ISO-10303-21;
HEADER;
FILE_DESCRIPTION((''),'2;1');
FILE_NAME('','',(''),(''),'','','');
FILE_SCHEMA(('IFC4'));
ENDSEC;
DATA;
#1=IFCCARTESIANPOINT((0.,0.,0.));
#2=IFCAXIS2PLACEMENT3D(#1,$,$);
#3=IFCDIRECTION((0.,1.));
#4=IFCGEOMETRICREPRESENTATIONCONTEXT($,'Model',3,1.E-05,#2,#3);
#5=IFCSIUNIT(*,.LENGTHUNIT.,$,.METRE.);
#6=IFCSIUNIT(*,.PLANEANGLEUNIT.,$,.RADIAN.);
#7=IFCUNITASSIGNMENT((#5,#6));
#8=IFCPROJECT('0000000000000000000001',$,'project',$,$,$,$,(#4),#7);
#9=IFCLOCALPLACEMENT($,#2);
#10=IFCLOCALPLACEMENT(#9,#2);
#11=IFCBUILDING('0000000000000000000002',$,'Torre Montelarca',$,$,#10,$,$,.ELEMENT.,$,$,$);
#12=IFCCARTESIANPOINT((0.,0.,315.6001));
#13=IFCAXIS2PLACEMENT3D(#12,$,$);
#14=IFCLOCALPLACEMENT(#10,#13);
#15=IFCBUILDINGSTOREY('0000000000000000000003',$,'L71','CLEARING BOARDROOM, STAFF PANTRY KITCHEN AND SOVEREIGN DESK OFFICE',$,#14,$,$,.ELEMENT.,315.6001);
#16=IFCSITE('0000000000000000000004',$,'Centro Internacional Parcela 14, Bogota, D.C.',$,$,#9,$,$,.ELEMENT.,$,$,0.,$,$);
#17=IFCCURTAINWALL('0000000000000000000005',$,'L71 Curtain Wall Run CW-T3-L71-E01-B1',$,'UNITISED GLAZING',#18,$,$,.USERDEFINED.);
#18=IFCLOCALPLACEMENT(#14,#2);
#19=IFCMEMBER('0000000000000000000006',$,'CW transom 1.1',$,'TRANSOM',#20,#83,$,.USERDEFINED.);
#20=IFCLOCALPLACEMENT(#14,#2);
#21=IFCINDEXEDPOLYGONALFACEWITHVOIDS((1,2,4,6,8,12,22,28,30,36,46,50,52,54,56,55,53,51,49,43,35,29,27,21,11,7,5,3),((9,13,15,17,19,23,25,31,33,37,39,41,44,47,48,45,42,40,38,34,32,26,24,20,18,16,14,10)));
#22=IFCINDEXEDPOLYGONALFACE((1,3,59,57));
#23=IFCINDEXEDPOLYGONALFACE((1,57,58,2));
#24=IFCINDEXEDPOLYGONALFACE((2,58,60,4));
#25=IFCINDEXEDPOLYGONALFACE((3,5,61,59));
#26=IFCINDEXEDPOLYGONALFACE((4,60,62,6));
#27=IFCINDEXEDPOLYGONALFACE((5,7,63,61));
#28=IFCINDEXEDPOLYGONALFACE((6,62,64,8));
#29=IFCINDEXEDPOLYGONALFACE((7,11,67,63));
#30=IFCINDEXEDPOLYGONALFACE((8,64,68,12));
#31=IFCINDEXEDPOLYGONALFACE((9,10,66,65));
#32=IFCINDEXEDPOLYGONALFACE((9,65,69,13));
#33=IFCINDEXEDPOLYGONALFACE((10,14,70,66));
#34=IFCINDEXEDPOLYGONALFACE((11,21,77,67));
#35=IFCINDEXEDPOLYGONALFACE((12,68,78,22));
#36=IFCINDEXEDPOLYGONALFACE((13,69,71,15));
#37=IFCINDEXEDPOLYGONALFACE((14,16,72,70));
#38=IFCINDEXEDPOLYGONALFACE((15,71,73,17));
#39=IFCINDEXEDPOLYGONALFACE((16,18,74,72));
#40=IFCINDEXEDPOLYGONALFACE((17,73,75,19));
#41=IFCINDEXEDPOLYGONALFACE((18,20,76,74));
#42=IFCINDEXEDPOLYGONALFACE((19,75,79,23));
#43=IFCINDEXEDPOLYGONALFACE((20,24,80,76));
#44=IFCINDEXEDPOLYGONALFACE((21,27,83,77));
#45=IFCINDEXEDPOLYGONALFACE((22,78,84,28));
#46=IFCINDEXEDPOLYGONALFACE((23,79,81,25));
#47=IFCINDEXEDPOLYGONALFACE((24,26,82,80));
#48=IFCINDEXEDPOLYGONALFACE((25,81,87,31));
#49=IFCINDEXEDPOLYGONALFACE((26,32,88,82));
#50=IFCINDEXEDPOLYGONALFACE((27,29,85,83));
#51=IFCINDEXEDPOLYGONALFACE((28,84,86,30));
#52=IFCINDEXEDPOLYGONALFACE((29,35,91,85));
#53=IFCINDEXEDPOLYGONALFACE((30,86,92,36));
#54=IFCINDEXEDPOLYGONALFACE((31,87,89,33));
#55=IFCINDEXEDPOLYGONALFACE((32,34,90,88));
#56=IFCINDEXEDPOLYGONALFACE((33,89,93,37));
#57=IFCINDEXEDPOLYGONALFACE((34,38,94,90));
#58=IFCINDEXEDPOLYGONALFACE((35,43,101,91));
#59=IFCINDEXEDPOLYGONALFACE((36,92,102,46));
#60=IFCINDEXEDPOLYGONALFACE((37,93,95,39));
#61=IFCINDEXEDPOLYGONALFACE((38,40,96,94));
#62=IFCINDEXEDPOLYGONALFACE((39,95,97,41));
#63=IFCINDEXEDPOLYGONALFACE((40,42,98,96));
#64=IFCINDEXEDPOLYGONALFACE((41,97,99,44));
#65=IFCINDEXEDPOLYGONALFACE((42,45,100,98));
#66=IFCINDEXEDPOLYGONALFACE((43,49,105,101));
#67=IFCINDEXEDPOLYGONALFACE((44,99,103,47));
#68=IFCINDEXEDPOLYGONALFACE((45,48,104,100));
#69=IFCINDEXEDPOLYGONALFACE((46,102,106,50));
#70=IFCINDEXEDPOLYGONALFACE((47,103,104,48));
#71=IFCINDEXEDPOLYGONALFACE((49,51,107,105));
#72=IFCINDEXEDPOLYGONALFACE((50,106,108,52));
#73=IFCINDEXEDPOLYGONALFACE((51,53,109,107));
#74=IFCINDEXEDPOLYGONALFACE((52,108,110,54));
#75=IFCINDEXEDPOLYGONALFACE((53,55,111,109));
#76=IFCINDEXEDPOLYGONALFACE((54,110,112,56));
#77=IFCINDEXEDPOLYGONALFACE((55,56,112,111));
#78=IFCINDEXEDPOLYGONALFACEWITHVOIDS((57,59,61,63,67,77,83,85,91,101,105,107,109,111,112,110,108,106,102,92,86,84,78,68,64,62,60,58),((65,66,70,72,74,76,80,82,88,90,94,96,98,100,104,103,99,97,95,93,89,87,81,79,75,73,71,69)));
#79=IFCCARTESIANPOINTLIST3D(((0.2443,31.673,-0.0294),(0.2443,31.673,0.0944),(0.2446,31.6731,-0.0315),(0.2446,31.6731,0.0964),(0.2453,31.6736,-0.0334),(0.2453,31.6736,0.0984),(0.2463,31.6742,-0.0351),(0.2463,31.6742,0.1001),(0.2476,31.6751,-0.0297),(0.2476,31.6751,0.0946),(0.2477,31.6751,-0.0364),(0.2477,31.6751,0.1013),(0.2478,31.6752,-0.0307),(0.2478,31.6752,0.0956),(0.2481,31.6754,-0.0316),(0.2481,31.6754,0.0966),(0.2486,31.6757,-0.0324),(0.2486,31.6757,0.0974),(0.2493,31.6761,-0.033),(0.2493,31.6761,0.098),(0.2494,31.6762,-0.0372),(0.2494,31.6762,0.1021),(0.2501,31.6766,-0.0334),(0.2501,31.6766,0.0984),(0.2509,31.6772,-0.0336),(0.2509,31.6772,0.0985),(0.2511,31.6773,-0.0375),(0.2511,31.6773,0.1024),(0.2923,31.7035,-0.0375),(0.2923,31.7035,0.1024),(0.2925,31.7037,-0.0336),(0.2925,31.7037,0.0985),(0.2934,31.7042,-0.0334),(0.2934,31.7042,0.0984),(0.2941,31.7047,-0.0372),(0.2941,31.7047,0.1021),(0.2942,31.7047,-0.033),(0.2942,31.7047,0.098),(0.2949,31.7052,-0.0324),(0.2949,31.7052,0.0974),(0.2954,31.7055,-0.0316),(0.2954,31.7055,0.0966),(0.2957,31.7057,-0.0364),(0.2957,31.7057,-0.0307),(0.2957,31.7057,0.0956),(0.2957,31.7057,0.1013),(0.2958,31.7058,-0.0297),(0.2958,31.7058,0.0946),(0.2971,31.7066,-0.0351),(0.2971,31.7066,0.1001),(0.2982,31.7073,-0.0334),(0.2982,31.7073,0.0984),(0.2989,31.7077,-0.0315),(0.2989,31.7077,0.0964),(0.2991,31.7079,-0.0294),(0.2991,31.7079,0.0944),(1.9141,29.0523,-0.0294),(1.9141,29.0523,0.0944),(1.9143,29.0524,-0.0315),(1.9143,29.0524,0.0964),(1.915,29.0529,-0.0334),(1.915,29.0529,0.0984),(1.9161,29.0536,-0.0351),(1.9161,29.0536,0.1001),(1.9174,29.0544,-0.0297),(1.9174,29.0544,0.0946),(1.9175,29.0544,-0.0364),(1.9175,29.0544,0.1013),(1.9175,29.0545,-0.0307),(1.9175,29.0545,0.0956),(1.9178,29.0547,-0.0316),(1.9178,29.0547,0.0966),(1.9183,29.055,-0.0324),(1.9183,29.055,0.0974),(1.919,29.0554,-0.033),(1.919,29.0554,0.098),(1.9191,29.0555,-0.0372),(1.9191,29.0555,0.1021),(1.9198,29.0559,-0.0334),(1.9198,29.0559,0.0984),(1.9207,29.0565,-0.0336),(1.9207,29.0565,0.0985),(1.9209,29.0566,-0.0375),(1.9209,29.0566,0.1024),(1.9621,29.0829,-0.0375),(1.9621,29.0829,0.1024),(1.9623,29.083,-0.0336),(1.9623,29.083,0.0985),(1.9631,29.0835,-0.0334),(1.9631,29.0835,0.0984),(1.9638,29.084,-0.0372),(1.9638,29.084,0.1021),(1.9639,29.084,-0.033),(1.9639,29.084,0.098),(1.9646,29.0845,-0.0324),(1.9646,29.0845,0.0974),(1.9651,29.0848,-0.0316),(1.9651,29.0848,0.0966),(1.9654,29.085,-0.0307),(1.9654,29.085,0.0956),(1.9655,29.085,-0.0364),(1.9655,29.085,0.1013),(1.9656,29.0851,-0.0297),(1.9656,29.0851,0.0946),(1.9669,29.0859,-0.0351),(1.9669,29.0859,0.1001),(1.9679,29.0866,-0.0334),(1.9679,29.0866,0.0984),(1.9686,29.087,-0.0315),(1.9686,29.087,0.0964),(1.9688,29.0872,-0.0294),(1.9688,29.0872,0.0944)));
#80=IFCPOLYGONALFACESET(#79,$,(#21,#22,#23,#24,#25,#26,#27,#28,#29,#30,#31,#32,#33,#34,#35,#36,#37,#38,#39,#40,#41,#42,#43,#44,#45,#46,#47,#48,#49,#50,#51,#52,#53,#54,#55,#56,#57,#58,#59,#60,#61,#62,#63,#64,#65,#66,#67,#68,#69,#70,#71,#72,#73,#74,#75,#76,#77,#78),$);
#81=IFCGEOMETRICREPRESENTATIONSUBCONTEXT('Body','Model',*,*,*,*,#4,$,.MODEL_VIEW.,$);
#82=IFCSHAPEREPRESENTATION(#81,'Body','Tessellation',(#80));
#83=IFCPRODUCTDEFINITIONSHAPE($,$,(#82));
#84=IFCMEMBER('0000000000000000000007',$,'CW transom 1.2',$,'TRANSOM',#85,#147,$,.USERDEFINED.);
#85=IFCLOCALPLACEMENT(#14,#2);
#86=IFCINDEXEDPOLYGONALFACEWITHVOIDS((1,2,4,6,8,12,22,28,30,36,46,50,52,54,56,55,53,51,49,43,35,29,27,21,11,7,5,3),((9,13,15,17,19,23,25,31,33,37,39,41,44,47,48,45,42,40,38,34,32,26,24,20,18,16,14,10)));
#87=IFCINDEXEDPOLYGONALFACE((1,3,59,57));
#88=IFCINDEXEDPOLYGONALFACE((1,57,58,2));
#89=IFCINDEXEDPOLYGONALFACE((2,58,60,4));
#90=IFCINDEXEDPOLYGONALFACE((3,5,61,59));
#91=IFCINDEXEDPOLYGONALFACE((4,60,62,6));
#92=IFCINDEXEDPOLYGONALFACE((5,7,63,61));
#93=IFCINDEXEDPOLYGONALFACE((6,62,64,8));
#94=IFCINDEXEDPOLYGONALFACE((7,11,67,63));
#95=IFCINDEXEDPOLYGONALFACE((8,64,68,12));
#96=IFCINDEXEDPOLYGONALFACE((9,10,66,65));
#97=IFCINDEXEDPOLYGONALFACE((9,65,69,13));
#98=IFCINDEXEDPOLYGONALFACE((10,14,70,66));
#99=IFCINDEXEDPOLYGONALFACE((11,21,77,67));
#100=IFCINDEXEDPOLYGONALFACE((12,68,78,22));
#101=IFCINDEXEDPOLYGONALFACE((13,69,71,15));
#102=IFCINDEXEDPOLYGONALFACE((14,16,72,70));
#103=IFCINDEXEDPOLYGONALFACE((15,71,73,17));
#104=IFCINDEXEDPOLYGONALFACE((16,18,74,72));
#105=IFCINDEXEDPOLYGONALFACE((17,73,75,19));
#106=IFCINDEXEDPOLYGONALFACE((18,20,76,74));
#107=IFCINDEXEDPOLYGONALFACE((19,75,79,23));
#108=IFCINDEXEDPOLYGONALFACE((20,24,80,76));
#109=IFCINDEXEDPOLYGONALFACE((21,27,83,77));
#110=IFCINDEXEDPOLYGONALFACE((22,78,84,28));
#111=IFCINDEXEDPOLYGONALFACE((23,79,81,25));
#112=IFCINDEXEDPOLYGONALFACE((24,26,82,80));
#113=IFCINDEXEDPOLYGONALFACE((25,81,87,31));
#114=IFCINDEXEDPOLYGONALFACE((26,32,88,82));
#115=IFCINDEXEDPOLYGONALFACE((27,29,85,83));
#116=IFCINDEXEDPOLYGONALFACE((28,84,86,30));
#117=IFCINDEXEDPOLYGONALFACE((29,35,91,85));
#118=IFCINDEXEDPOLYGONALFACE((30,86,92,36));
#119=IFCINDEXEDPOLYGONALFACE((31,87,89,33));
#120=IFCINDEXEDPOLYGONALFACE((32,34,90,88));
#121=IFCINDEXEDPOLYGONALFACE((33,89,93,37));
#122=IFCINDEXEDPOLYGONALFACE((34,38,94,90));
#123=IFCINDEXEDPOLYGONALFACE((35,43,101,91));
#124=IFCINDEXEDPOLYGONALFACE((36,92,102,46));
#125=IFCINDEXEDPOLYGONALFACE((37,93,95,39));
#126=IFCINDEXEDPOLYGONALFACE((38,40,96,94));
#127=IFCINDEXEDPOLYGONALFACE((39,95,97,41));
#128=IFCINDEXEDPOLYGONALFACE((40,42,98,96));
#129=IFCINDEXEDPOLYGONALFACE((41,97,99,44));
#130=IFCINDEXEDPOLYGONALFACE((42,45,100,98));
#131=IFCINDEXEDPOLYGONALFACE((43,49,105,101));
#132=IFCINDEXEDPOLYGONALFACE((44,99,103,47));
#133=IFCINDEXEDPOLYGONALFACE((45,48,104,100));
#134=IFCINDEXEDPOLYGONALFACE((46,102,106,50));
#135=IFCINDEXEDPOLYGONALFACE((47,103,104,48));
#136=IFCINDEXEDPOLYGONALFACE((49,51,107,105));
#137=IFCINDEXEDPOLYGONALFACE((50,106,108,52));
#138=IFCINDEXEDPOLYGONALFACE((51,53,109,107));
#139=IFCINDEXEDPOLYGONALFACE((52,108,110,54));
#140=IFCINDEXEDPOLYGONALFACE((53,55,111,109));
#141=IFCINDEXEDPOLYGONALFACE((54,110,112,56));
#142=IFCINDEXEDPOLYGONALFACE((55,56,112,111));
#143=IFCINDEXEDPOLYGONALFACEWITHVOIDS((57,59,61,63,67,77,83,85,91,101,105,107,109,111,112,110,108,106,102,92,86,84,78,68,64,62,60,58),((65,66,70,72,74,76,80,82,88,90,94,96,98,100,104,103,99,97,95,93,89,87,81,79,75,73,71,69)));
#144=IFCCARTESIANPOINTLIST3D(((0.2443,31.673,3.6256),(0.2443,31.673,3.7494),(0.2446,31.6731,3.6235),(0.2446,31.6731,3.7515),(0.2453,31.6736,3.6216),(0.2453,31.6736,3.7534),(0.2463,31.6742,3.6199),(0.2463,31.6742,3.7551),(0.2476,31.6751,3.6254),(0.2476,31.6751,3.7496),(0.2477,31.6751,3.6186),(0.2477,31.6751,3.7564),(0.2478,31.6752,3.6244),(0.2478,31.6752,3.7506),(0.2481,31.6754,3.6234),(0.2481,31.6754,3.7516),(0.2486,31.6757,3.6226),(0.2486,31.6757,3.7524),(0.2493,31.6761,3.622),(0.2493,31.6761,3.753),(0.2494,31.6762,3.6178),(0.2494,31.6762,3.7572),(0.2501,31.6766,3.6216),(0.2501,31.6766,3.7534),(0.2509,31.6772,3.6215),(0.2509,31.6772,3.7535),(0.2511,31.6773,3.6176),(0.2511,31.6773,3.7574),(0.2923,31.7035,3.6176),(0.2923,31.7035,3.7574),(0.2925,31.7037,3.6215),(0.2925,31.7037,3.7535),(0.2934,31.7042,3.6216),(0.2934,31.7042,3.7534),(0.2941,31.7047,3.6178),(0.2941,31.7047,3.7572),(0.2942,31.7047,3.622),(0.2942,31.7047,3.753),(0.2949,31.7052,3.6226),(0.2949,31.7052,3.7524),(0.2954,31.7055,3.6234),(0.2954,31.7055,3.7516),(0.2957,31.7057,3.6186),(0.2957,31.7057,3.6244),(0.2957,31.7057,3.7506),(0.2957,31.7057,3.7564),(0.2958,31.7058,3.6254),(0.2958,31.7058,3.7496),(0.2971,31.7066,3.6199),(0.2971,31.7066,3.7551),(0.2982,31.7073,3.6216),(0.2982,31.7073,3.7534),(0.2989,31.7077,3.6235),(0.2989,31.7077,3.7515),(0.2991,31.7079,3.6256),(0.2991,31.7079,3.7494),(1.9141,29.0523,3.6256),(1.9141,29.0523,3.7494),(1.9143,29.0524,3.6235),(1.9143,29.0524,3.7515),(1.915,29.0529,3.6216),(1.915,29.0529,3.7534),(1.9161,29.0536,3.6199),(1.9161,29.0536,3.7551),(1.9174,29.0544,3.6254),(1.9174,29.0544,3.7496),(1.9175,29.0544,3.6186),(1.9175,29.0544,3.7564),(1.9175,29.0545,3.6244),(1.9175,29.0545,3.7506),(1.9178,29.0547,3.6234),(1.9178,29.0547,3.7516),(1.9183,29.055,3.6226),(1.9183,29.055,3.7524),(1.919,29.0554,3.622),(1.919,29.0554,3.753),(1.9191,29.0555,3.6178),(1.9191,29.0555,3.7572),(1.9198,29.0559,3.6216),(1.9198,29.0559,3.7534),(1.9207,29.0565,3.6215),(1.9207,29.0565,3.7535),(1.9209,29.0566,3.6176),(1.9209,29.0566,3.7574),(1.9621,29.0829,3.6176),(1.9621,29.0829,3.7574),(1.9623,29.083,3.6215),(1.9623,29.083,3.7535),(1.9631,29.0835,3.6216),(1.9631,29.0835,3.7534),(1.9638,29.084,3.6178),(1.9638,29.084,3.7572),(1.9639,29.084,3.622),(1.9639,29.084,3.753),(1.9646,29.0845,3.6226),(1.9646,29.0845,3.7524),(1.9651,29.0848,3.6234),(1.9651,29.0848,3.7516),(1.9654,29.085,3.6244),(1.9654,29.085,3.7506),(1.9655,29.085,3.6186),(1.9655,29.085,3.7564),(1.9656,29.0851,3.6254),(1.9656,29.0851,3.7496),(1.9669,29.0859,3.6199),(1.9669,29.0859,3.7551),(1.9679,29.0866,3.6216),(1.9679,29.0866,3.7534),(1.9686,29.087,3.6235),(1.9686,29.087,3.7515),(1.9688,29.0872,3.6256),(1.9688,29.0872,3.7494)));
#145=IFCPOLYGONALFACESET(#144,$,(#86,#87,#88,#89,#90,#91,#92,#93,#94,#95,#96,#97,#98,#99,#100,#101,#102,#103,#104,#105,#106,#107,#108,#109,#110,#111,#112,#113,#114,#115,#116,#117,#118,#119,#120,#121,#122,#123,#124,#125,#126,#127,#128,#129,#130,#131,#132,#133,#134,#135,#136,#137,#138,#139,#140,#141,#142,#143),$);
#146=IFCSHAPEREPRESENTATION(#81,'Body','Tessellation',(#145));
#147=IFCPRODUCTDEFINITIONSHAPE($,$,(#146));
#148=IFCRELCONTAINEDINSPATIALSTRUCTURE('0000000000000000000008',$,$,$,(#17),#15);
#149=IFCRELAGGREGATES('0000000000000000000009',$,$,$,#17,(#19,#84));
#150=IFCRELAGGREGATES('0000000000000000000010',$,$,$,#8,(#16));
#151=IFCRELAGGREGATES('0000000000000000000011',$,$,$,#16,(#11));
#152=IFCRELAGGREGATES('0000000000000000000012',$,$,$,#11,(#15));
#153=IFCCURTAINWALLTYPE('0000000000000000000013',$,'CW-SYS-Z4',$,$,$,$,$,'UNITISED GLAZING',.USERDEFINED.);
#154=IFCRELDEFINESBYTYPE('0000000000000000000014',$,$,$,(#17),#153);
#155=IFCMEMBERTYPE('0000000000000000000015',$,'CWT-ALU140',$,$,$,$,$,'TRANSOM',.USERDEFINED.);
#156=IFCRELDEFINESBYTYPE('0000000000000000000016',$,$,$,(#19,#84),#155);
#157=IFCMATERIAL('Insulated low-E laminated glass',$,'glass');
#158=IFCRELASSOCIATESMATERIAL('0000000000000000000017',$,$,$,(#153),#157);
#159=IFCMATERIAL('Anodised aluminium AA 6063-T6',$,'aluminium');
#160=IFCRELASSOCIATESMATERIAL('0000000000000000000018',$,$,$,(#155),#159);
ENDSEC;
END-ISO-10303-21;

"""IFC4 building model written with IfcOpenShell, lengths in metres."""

from ifc_helpers import new_model, si_unit, direction, frame, origin, origin_2d, place, context, subcontext, project, spatial, hollow_rectangle, extrude, source, transform, mapped, material, material_profile, profile_set, type_object, element, aggregate, save


model = new_model("IFC4")

# Units and contexts
model_context = context("Model", 3, precision=1e-05, world=origin(), true_north=direction((0.0, 1.0)))
body_context = subcontext(model_context, "Body", "Model", "MODEL_VIEW")
ifc_project = project(units=[si_unit("LENGTHUNIT", "METRE"), si_unit("PLANEANGLEUNIT", "RADIAN")], contexts=[model_context])

# Site, building, storey
site_placement = place(None, origin())
site = spatial("IfcSite", under=ifc_project, at=site_placement, Name="Centro Internacional Parcela 14, Bogota, D.C.", CompositionType="ELEMENT", RefElevation=0.0)
building_placement = place(site_placement, origin())
building = spatial("IfcBuilding", under=site, at=building_placement, Name="Torre Montelarca", CompositionType="ELEMENT")
storey_placement = place(building_placement, frame((0.0, 0.0, 315.6001)))
storey = spatial("IfcBuildingStorey", under=building, at=storey_placement, Name="L71", Description="CLEARING BOARDROOM, STAFF PANTRY KITCHEN AND SOVEREIGN DESK OFFICE", CompositionType="ELEMENT", Elevation=315.6001)

# Curtain wall
ifc_material_1 = material(Name="Insulated low-E laminated glass", Category="glass")
curtain_wall_type = type_object("IfcCurtainWallType", Name="CW-SYS-Z4", ElementType="UNITISED GLAZING", PredefinedType="USERDEFINED", material=ifc_material_1)
curtain_wall_1_placement = place(storey_placement, origin())
curtain_wall_1 = element("IfcCurtainWall", 1, at=curtain_wall_1_placement, inside=storey, type_object=curtain_wall_type, Name="L71 Curtain Wall Run CW-T3-L71-E01-B1", ObjectType="UNITISED GLAZING", PredefinedType="USERDEFINED")
ifc_material_2 = material(Name="Anodised aluminium AA 6063-T6", Category="aluminium")

# Members
ifc_material_profile_1 = material_profile(ifc_material_2, hollow_rectangle(XDim=0.0649, YDim=0.1399, WallThickness=0.0039, InnerFilletRadius=0.0039, OuterFilletRadius=0.0081, at=origin_2d()), Name="ALU65X140X4", Category="aluminium")
ifc_profile_set_1 = profile_set([ifc_material_profile_1], Name="Anodised aluminium AA 6063-T6")
member_type_1 = type_object("IfcMemberType", Name="CWT-ALU140", ElementType="TRANSOM", PredefinedType="USERDEFINED", material=ifc_profile_set_1)
shared_shape_1 = source(origin(), body_context, "Body", "SweptSolid", [
    extrude(hollow_rectangle(XDim=0.0649, YDim=0.1399, WallThickness=0.0039, InnerFilletRadius=0.0039, OuterFilletRadius=0.0081, at=origin_2d()), origin(), (0.0, 0.0, 1.0), 3.1074),
])
member_1_placement = place(storey_placement, frame((0.2717, 31.6904, 0.0325), z_axis=(0.537338, -0.843367, 0.0), x_axis=(0.843367, 0.537338, 0.0)))
member_1 = element("IfcMember", 2, at=member_1_placement, type_object=member_type_1, Name="CW transom 1.1", ObjectType="TRANSOM", PredefinedType="USERDEFINED", context=body_context, shape_type="MappedRepresentation", body=[
    mapped(shared_shape_1, transform((0.0, 0.0, 0.0), scale=1.0)),
])
member_2_placement = place(storey_placement, frame((0.2717, 31.6904, 3.6875), z_axis=(0.537338, -0.843367, 0.0), x_axis=(0.843367, 0.537338, 0.0)))
member_2 = element("IfcMember", 3, at=member_2_placement, type_object=member_type_1, Name="CW transom 1.2", ObjectType="TRANSOM", PredefinedType="USERDEFINED", context=body_context, shape_type="MappedRepresentation", body=[
    mapped(shared_shape_1, transform((0.0, 0.0, 0.0), scale=1.0)),
])

aggregate(curtain_wall_1, [member_1, member_2])

save(model, "model.ifc")
